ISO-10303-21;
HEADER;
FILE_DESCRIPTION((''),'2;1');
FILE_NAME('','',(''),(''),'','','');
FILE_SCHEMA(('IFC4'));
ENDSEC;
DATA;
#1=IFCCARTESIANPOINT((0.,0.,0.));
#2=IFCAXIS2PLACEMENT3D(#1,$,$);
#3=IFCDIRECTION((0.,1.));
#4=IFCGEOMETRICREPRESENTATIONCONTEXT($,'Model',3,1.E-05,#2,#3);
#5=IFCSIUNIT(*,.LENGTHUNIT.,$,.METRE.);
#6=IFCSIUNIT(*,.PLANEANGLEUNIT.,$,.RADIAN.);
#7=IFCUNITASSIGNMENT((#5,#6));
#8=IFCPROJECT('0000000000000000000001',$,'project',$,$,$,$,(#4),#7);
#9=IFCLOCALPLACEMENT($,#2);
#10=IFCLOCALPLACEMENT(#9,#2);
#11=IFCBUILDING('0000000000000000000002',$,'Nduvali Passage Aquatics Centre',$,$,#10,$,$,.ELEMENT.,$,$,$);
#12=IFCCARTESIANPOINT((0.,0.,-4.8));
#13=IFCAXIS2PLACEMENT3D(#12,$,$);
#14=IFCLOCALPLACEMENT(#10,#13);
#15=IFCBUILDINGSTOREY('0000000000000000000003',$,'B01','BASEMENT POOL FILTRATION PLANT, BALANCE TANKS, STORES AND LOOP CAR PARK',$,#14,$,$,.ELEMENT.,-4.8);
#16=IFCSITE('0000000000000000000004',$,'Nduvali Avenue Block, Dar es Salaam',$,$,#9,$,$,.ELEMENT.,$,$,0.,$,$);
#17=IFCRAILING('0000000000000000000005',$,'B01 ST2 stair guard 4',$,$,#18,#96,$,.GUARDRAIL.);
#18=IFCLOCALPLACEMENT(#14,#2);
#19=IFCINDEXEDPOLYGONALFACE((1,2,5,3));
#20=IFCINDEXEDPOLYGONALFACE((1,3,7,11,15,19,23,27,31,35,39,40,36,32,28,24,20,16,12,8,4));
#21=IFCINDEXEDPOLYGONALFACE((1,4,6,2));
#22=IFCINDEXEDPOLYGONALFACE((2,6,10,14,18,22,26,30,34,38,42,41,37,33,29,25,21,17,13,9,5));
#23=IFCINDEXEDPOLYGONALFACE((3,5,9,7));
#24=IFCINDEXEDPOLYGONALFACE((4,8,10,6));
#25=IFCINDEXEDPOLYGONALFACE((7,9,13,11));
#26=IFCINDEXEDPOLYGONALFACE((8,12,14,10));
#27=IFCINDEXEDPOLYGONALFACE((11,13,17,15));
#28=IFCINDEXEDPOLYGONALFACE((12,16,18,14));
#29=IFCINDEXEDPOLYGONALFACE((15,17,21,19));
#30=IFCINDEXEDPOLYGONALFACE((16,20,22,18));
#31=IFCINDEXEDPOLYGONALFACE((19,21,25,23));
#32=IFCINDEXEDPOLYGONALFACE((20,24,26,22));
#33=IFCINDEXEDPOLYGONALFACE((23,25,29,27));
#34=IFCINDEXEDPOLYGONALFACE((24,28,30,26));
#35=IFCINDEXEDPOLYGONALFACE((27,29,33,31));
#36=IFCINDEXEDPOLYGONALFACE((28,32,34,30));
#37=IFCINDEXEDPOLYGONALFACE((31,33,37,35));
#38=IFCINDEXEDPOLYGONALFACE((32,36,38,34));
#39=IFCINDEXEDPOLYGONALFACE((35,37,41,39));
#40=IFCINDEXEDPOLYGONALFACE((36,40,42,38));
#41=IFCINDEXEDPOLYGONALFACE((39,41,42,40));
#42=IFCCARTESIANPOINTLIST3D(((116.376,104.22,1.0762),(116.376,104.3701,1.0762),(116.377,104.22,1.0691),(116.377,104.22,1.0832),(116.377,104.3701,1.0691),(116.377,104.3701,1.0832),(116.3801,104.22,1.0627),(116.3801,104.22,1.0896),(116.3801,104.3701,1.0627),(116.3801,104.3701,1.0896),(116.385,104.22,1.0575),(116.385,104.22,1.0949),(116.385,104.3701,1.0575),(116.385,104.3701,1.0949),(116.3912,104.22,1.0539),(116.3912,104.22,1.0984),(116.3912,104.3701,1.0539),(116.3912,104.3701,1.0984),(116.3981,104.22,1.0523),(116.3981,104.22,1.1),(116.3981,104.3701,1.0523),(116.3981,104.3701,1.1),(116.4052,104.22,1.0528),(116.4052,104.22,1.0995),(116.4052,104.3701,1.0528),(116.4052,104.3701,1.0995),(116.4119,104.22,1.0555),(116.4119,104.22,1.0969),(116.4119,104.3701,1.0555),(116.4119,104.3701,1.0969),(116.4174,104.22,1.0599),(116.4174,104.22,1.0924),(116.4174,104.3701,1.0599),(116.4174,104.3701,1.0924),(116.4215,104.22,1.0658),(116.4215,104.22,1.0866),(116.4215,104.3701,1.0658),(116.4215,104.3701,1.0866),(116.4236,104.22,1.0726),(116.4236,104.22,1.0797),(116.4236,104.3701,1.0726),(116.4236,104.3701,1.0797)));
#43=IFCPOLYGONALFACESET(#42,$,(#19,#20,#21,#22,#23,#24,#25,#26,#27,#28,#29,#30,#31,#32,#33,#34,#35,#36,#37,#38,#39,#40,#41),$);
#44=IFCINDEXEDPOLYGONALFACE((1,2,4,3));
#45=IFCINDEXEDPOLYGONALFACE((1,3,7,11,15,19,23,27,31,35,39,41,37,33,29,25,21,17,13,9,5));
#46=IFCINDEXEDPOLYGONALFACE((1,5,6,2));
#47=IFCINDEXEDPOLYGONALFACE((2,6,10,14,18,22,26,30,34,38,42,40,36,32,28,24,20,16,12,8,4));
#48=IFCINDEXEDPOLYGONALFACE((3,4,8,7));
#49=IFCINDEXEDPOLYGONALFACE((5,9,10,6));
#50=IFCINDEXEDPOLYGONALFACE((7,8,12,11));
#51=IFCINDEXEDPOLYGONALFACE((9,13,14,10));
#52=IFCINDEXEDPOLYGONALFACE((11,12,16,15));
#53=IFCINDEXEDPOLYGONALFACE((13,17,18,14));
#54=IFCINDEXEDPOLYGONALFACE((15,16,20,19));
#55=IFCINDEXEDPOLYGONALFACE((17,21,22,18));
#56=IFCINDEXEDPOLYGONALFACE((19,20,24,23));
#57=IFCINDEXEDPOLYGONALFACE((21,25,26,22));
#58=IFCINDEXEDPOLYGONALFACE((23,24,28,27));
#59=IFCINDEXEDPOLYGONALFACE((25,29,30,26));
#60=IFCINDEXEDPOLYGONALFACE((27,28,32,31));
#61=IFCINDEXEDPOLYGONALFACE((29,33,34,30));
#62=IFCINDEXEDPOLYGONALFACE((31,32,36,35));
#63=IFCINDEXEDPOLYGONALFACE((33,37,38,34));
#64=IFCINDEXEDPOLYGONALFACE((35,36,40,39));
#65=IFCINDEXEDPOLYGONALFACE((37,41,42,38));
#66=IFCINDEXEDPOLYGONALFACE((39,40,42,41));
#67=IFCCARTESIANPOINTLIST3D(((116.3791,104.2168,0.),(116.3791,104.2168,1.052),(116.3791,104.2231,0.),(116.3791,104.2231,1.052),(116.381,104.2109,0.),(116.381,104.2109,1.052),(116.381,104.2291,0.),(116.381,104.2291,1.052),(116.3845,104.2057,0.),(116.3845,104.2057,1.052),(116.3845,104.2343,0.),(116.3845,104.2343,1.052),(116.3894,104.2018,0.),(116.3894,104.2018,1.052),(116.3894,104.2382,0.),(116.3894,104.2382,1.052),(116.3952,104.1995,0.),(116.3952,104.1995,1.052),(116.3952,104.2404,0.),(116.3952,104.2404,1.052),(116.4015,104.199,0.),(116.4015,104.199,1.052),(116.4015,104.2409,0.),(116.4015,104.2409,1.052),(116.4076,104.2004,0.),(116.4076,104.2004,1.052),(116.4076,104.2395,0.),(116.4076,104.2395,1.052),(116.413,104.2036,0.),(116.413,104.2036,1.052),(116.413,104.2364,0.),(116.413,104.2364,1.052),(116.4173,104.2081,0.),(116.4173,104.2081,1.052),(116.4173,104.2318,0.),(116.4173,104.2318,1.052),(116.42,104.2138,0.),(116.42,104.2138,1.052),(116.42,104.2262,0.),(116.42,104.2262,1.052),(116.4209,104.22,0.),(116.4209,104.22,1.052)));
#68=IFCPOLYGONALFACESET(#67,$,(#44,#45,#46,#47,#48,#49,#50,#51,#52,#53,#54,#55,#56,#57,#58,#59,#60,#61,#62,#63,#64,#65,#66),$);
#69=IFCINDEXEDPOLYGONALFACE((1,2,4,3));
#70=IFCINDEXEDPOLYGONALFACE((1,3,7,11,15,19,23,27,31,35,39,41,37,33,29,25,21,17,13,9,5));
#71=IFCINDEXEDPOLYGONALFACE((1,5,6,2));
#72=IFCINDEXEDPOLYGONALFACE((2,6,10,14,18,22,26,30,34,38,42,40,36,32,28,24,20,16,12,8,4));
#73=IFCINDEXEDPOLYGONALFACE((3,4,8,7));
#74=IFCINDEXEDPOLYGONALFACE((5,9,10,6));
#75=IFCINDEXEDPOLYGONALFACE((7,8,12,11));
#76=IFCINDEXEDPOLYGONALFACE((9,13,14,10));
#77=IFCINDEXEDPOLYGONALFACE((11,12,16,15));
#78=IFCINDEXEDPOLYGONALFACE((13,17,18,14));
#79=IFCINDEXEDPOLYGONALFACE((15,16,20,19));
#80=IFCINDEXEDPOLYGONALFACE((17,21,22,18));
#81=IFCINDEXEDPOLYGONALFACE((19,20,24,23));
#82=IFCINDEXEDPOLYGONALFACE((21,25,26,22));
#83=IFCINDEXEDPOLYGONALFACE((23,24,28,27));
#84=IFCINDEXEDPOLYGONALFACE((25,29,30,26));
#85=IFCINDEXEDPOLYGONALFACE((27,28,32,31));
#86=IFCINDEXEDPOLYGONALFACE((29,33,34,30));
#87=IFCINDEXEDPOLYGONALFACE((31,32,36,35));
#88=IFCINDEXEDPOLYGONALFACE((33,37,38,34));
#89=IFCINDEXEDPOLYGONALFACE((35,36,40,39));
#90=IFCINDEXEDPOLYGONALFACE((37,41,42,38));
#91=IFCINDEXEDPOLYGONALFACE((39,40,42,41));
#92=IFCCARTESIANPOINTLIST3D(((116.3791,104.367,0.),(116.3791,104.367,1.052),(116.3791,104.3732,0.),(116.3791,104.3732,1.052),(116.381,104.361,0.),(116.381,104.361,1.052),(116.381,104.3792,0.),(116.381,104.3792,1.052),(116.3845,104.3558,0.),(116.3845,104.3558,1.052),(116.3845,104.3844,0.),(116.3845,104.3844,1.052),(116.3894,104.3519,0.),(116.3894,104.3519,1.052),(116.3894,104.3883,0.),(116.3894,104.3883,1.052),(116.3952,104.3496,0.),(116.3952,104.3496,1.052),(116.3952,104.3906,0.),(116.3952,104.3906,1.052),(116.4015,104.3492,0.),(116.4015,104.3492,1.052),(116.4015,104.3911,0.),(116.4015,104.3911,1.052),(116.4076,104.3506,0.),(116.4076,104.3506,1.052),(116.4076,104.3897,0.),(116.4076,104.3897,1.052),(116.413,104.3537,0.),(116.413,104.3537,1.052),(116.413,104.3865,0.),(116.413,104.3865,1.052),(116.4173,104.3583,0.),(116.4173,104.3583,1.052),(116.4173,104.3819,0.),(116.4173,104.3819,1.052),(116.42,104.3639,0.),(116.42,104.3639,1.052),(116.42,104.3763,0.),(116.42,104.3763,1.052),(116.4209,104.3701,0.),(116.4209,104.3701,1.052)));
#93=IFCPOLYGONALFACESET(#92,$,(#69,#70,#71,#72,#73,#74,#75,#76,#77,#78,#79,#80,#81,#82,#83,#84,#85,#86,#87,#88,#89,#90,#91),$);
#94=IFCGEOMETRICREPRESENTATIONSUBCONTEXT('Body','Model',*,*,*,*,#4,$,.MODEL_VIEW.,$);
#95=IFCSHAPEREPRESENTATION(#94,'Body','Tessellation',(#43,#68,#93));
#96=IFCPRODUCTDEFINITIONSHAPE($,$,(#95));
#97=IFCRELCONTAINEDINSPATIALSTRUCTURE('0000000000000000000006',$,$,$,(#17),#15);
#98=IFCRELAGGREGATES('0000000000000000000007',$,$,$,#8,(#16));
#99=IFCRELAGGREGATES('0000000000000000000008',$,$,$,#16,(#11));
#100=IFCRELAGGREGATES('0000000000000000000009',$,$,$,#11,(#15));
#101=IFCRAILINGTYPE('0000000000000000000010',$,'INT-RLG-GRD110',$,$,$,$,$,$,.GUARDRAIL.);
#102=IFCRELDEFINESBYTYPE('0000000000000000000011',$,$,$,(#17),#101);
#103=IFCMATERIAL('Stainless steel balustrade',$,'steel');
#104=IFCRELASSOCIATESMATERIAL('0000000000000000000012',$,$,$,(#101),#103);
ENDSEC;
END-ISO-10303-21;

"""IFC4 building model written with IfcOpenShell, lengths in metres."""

from ifc_helpers import new_model, si_unit, direction, frame, origin, origin_2d, place, context, subcontext, project, spatial, circle, extrude, material, type_object, element, save


model = new_model("IFC4")

# Units and contexts
model_context = context("Model", 3, precision=1e-05, world=origin(), true_north=direction((0.0, 1.0)))
body_context = subcontext(model_context, "Body", "Model", "MODEL_VIEW")
ifc_project = project(units=[si_unit("LENGTHUNIT", "METRE"), si_unit("PLANEANGLEUNIT", "RADIAN")], contexts=[model_context])

# Site, building, storey
site_placement = place(None, origin())
site = spatial("IfcSite", under=ifc_project, at=site_placement, Name="Nduvali Avenue Block, Dar es Salaam", CompositionType="ELEMENT", RefElevation=0.0)
building_placement = place(site_placement, origin())
building = spatial("IfcBuilding", under=site, at=building_placement, Name="Nduvali Passage Aquatics Centre", CompositionType="ELEMENT")
storey_placement = place(building_placement, frame((0.0, 0.0, -4.8)))
storey = spatial("IfcBuildingStorey", under=building, at=storey_placement, Name="B01", Description="BASEMENT POOL FILTRATION PLANT, BALANCE TANKS, STORES AND LOOP CAR PARK", CompositionType="ELEMENT", Elevation=-4.8)

# Railing
ifc_material_1 = material(Name="Stainless steel balustrade", Category="steel")
railing_type_1 = type_object("IfcRailingType", Name="INT-RLG-GRD110", PredefinedType="GUARDRAIL", material=ifc_material_1)
railing_1_placement = place(storey_placement, frame((116.3999, 104.22, 0.0)))
element("IfcRailing", 1, at=railing_1_placement, inside=storey, type_object=railing_type_1, Name="B01 ST2 stair guard 4", PredefinedType="GUARDRAIL", context=body_context, shape_type="SweptSolid", body=[
    extrude(circle(Radius=0.0239, at=origin_2d()), frame((0.0, 0.0, 1.0762), z_axis=(0.0, 1.0, 0.0), x_axis=(-1.0, 0.0, 0.0)), (0.0, 0.0, 1.0), 0.1501),
    extrude(circle(Radius=0.021, at=origin_2d()), origin(), (0.0, 0.0, 1.0), 1.052),
    extrude(circle(Radius=0.021, at=origin_2d()), frame((0.0, 0.1501, 0.0)), (0.0, 0.0, 1.0), 1.052),
])

save(model, "model.ifc")
